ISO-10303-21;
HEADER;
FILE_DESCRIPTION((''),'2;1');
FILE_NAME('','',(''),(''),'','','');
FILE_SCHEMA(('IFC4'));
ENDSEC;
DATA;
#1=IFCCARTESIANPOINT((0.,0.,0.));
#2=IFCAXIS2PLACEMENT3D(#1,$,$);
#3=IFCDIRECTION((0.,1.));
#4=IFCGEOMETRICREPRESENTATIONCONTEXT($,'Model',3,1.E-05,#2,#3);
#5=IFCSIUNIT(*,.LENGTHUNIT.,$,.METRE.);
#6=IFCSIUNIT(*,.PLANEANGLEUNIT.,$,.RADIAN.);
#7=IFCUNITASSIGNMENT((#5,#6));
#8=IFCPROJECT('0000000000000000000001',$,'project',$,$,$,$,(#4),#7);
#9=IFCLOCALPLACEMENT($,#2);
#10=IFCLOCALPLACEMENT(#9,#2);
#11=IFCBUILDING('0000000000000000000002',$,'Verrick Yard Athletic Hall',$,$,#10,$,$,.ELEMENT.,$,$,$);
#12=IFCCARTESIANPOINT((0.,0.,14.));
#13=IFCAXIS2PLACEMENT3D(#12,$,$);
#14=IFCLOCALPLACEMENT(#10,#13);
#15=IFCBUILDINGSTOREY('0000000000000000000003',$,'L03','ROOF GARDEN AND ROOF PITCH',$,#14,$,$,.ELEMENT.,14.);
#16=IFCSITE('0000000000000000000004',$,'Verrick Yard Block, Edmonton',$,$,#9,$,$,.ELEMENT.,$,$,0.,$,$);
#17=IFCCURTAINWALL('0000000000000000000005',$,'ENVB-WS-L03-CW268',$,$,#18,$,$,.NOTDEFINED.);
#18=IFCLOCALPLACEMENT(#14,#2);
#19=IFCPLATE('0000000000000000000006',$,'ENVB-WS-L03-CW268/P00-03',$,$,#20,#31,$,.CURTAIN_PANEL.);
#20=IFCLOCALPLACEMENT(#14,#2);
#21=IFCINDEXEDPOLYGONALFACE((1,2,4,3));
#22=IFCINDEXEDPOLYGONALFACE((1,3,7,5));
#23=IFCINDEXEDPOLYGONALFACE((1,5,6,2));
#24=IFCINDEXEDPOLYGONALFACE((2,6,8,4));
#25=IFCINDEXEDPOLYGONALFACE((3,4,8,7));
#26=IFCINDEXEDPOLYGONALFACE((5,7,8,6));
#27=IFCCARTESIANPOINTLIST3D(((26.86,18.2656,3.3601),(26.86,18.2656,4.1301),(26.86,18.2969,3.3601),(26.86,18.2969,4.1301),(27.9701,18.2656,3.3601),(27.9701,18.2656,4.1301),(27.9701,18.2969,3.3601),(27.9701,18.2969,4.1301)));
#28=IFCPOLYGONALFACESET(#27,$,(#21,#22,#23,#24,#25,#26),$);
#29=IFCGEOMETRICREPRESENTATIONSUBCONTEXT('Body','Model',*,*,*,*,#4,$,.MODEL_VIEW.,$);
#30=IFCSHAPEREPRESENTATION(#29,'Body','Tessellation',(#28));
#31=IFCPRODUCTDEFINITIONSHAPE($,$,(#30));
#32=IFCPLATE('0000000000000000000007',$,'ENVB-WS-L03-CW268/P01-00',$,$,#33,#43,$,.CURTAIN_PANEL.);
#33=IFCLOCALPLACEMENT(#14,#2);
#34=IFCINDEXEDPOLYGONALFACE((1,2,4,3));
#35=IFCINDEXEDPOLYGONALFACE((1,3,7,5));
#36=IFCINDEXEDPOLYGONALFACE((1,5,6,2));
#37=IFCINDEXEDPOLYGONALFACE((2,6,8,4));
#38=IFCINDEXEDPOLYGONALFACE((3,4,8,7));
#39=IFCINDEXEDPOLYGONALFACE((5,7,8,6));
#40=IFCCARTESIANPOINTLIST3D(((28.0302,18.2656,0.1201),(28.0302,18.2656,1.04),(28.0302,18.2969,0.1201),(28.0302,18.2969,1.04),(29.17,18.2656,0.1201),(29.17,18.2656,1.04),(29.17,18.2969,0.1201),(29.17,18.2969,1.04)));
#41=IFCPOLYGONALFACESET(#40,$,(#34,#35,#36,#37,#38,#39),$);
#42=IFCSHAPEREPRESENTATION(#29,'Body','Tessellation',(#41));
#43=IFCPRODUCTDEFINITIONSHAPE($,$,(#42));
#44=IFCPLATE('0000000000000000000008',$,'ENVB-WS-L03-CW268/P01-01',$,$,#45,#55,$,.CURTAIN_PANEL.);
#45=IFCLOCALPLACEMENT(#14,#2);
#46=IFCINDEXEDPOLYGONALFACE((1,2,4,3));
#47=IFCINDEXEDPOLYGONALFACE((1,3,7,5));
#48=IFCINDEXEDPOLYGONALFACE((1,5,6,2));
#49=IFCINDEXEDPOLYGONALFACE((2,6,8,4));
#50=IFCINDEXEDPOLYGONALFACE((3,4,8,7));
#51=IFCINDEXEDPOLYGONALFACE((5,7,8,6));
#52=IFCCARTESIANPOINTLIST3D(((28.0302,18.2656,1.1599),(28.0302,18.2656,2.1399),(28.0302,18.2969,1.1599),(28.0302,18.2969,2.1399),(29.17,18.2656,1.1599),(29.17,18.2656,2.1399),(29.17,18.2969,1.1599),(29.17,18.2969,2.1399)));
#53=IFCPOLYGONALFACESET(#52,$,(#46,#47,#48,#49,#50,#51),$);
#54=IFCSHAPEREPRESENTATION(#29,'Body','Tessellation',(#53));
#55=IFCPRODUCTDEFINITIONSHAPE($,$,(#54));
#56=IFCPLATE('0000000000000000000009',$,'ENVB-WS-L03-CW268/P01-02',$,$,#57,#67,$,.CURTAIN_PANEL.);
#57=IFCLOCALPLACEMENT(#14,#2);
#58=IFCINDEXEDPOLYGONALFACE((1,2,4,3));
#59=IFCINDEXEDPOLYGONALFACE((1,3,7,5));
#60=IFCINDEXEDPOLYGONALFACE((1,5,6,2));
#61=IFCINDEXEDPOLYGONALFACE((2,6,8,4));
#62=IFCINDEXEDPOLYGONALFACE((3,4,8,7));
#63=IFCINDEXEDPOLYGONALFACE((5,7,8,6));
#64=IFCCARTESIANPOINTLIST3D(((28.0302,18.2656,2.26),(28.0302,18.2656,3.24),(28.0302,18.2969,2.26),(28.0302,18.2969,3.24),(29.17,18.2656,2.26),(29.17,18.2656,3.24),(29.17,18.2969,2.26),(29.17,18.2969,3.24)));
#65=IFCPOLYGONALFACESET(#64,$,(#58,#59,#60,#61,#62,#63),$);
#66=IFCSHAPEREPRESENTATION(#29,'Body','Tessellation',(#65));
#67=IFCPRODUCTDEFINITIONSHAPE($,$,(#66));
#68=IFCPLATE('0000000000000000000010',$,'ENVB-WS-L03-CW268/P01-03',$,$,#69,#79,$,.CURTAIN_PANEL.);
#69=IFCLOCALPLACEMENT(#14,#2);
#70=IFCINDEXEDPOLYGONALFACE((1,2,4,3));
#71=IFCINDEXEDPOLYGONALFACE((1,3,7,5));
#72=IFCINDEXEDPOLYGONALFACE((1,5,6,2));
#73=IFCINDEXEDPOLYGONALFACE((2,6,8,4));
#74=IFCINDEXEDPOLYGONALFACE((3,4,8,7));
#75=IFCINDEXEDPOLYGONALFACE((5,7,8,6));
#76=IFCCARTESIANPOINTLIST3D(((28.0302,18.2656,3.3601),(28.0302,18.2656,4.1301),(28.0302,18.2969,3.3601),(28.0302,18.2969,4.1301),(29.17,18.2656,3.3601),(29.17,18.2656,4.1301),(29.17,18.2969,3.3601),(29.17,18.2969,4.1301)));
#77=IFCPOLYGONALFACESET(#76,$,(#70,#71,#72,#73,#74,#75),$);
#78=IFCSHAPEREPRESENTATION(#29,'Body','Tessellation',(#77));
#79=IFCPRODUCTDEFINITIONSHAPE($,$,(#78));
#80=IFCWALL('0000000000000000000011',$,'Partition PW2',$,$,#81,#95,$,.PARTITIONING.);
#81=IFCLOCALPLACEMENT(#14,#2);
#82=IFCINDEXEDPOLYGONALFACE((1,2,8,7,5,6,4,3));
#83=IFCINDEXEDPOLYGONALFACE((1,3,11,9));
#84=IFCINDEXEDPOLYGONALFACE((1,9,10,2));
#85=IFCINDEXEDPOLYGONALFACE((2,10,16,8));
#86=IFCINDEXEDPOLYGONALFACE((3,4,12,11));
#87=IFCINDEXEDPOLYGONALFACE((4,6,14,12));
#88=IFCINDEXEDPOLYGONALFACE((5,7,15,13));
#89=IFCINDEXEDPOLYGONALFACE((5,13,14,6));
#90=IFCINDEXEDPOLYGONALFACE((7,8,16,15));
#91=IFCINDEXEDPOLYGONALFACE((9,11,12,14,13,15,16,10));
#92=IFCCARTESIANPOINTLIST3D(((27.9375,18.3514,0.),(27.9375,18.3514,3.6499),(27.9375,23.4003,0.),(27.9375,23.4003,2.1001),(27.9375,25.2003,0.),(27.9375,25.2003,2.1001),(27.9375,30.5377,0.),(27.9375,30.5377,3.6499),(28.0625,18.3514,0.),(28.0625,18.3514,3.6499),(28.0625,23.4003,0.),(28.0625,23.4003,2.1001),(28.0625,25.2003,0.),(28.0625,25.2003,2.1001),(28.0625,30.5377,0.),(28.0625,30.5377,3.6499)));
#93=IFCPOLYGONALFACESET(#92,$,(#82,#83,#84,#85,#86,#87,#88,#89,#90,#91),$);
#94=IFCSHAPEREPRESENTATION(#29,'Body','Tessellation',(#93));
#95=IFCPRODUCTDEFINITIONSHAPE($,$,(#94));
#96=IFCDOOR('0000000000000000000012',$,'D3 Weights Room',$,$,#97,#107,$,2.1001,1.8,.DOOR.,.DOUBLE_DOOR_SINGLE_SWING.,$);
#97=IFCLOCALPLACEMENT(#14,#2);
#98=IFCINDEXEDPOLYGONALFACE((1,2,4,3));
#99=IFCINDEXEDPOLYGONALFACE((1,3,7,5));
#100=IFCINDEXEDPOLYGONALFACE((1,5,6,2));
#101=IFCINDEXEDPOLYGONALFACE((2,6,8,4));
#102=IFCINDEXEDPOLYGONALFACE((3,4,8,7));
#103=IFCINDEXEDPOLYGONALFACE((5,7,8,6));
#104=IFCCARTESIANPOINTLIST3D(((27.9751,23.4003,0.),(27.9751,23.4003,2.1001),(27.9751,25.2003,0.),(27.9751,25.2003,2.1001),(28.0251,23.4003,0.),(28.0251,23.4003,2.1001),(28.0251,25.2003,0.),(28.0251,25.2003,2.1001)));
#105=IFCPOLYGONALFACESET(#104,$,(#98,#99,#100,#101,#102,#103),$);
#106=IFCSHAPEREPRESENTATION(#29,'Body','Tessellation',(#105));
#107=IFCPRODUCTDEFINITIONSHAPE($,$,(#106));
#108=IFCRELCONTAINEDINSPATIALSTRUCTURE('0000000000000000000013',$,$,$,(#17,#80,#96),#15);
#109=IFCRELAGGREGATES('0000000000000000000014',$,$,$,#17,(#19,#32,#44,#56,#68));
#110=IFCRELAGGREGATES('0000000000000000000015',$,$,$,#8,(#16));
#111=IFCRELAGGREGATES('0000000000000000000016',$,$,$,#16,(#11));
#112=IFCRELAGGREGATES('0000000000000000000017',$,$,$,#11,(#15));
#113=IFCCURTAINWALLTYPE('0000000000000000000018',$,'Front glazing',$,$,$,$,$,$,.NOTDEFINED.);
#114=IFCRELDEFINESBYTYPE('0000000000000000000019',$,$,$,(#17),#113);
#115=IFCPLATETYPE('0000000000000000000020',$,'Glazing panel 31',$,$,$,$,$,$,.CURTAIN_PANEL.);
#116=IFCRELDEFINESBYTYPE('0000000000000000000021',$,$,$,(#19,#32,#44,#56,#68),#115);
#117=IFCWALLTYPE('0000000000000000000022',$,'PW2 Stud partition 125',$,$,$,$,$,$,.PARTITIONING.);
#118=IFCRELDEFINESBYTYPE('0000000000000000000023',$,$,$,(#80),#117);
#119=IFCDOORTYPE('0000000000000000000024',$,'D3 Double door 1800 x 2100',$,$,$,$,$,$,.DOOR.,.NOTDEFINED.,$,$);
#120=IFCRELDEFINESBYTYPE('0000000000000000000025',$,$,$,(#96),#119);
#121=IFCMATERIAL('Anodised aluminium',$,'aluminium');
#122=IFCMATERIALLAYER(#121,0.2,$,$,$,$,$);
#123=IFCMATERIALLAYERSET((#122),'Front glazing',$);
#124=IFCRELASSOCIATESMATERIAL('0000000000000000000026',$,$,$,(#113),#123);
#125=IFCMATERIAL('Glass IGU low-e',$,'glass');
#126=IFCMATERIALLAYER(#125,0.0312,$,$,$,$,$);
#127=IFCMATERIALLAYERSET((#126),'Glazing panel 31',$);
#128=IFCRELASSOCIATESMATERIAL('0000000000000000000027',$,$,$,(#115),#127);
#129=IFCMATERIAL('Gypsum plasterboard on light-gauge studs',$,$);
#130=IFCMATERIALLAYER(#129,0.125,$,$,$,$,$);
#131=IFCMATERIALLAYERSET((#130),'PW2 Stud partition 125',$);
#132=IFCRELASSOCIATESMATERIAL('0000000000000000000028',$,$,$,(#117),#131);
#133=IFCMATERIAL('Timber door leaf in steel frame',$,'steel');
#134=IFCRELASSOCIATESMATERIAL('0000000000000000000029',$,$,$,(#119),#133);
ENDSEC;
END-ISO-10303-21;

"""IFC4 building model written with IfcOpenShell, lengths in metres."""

from ifc_helpers import new_model, si_unit, direction, frame, frame_2d, origin, origin_2d, place, context, subcontext, project, spatial, rectangle, extrude, material, layer, layer_set, type_object, element, fill, aggregate, save


model = new_model("IFC4")

# Units and contexts
model_context = context("Model", 3, precision=1e-05, world=origin(), true_north=direction((0.0, 1.0)))
body_context = subcontext(model_context, "Body", "Model", "MODEL_VIEW")
ifc_project = project(units=[si_unit("LENGTHUNIT", "METRE"), si_unit("PLANEANGLEUNIT", "RADIAN")], contexts=[model_context])

# Site, building, storey
site_placement = place(None, origin())
site = spatial("IfcSite", under=ifc_project, at=site_placement, Name="Verrick Yard Block, Edmonton", CompositionType="ELEMENT", RefElevation=0.0)
building_placement = place(site_placement, origin())
building = spatial("IfcBuilding", under=site, at=building_placement, Name="Verrick Yard Athletic Hall", CompositionType="ELEMENT")
storey_placement = place(building_placement, frame((0.0, 0.0, 14.0)))
storey = spatial("IfcBuildingStorey", under=building, at=storey_placement, Name="L03", Description="ROOF GARDEN AND ROOF PITCH", CompositionType="ELEMENT", Elevation=14.0)

# Curtain wall, plates
ifc_material_1 = material(Name="Anodised aluminium", Category="aluminium")
ifc_layer_1 = layer(ifc_material_1, 0.2)
ifc_layer_set_1 = layer_set([ifc_layer_1], Name="Front glazing")
curtain_wall_type = type_object("IfcCurtainWallType", Name="Front glazing", PredefinedType="NOTDEFINED", material=ifc_layer_set_1)
curtain_wall_placement = place(storey_placement, origin())
curtain_wall = element("IfcCurtainWall", 1, at=curtain_wall_placement, inside=storey, type_object=curtain_wall_type, Name="ENVB-WS-L03-CW268", PredefinedType="NOTDEFINED")
ifc_material_2 = material(Name="Glass IGU low-e", Category="glass")
ifc_layer_2 = layer(ifc_material_2, 0.0312)
ifc_layer_set_2 = layer_set([ifc_layer_2], Name="Glazing panel 31")
plate_type = type_object("IfcPlateType", Name="Glazing panel 31", PredefinedType="CURTAIN_PANEL", material=ifc_layer_set_2)
plate_1_placement = place(storey_placement, frame((27.415, 18.2812, 3.3601), z_axis=(0.0, 0.0, 1.0), x_axis=(1.0, 0.0, 0.0)))
plate_1 = element("IfcPlate", 2, at=plate_1_placement, type_object=plate_type, Name="ENVB-WS-L03-CW268/P00-03", PredefinedType="CURTAIN_PANEL", context=body_context, shape_type="SweptSolid", body=[
    extrude(rectangle(XDim=1.1101, YDim=0.0312, at=origin_2d()), origin(), (0.0, 0.0, 1.0), 0.77),
])
plate_2_placement = place(storey_placement, frame((28.6001, 18.2812, 0.1201), z_axis=(0.0, 0.0, 1.0), x_axis=(1.0, 0.0, 0.0)))
plate_2 = element("IfcPlate", 3, at=plate_2_placement, type_object=plate_type, Name="ENVB-WS-L03-CW268/P01-00", PredefinedType="CURTAIN_PANEL", context=body_context, shape_type="SweptSolid", body=[
    extrude(rectangle(XDim=1.1399, YDim=0.0312, at=origin_2d()), origin(), (0.0, 0.0, 1.0), 0.9199),
])
plate_3_placement = place(storey_placement, frame((28.6001, 18.2812, 1.1599), z_axis=(0.0, 0.0, 1.0), x_axis=(1.0, 0.0, 0.0)))
plate_3 = element("IfcPlate", 4, at=plate_3_placement, type_object=plate_type, Name="ENVB-WS-L03-CW268/P01-01", PredefinedType="CURTAIN_PANEL", context=body_context, shape_type="SweptSolid", body=[
    extrude(rectangle(XDim=1.1399, YDim=0.0312, at=origin_2d()), origin(), (0.0, 0.0, 1.0), 0.98),
])
plate_4_placement = place(storey_placement, frame((28.6001, 18.2812, 2.26), z_axis=(0.0, 0.0, 1.0), x_axis=(1.0, 0.0, 0.0)))
plate_4 = element("IfcPlate", 5, at=plate_4_placement, type_object=plate_type, Name="ENVB-WS-L03-CW268/P01-02", PredefinedType="CURTAIN_PANEL", context=body_context, shape_type="SweptSolid", body=[
    extrude(rectangle(XDim=1.1399, YDim=0.0312, at=origin_2d()), origin(), (0.0, 0.0, 1.0), 0.98),
])
plate_5_placement = place(storey_placement, frame((28.6001, 18.2812, 3.3601), z_axis=(0.0, 0.0, 1.0), x_axis=(1.0, 0.0, 0.0)))
plate_5 = element("IfcPlate", 6, at=plate_5_placement, type_object=plate_type, Name="ENVB-WS-L03-CW268/P01-03", PredefinedType="CURTAIN_PANEL", context=body_context, shape_type="SweptSolid", body=[
    extrude(rectangle(XDim=1.1399, YDim=0.0312, at=origin_2d()), origin(), (0.0, 0.0, 1.0), 0.77),
])
aggregate(curtain_wall, [plate_1, plate_2, plate_3, plate_4, plate_5])

# Wall, opening, door
ifc_material_3 = material(Name="Gypsum plasterboard on light-gauge studs")
ifc_layer_3 = layer(ifc_material_3, 0.125)
ifc_layer_set_3 = layer_set([ifc_layer_3], Name="PW2 Stud partition 125")
wall_type = type_object("IfcWallType", Name="PW2 Stud partition 125", PredefinedType="PARTITIONING", material=ifc_layer_set_3)
wall_placement = place(storey_placement, frame((28.0, 18.3513, 0.0), z_axis=(0.0, 0.0, 1.0), x_axis=(0.0, 1.0, 0.0)))
wall = element("IfcWall", 7, at=wall_placement, inside=storey, type_object=wall_type, Name="Partition PW2", PredefinedType="PARTITIONING", context=body_context, shape_type="SweptSolid", body=[
    extrude(rectangle(XDim=12.1863, YDim=0.125, at=frame_2d((6.0933, 0.0))), origin(), (0.0, 0.0, 1.0), 3.6499),
])
opening_placement = place(wall_placement, frame((5.0491, 0.0, 0.0)))
opening = element("IfcOpeningElement", 8, at=opening_placement, cuts=wall, PredefinedType="OPENING", context=body_context, shape_type="SweptSolid", body=[
    extrude(rectangle(XDim=1.8, YDim=2.1001, at=frame_2d((0.8999, 1.05))), frame((0.0, 0.0725, 0.0), z_axis=(0.0, -1.0, 0.0), x_axis=(1.0, 0.0, 0.0)), (0.0, 0.0, 1.0), 0.145),
])
ifc_material_4 = material(Name="Timber door leaf in steel frame", Category="steel")
door_type = type_object("IfcDoorType", Name="D3 Double door 1800 x 2100", OperationType="NOTDEFINED", PredefinedType="DOOR", material=ifc_material_4)
door_placement = place(opening_placement, origin())
door = element("IfcDoor", 9, at=door_placement, inside=storey, type_object=door_type, Name="D3 Weights Room", OperationType="DOUBLE_DOOR_SINGLE_SWING", OverallHeight=2.1001, OverallWidth=1.8, PredefinedType="DOOR", context=body_context, shape_type="SweptSolid", body=[
    extrude(rectangle(XDim=1.8, YDim=2.1001, at=frame_2d((0.8999, 1.05))), frame((0.0, 0.0249, 0.0), z_axis=(0.0, -1.0, 0.0), x_axis=(1.0, 0.0, 0.0)), (0.0, 0.0, 1.0), 0.05),
])
fill(opening, door)

save(model, "model.ifc")
